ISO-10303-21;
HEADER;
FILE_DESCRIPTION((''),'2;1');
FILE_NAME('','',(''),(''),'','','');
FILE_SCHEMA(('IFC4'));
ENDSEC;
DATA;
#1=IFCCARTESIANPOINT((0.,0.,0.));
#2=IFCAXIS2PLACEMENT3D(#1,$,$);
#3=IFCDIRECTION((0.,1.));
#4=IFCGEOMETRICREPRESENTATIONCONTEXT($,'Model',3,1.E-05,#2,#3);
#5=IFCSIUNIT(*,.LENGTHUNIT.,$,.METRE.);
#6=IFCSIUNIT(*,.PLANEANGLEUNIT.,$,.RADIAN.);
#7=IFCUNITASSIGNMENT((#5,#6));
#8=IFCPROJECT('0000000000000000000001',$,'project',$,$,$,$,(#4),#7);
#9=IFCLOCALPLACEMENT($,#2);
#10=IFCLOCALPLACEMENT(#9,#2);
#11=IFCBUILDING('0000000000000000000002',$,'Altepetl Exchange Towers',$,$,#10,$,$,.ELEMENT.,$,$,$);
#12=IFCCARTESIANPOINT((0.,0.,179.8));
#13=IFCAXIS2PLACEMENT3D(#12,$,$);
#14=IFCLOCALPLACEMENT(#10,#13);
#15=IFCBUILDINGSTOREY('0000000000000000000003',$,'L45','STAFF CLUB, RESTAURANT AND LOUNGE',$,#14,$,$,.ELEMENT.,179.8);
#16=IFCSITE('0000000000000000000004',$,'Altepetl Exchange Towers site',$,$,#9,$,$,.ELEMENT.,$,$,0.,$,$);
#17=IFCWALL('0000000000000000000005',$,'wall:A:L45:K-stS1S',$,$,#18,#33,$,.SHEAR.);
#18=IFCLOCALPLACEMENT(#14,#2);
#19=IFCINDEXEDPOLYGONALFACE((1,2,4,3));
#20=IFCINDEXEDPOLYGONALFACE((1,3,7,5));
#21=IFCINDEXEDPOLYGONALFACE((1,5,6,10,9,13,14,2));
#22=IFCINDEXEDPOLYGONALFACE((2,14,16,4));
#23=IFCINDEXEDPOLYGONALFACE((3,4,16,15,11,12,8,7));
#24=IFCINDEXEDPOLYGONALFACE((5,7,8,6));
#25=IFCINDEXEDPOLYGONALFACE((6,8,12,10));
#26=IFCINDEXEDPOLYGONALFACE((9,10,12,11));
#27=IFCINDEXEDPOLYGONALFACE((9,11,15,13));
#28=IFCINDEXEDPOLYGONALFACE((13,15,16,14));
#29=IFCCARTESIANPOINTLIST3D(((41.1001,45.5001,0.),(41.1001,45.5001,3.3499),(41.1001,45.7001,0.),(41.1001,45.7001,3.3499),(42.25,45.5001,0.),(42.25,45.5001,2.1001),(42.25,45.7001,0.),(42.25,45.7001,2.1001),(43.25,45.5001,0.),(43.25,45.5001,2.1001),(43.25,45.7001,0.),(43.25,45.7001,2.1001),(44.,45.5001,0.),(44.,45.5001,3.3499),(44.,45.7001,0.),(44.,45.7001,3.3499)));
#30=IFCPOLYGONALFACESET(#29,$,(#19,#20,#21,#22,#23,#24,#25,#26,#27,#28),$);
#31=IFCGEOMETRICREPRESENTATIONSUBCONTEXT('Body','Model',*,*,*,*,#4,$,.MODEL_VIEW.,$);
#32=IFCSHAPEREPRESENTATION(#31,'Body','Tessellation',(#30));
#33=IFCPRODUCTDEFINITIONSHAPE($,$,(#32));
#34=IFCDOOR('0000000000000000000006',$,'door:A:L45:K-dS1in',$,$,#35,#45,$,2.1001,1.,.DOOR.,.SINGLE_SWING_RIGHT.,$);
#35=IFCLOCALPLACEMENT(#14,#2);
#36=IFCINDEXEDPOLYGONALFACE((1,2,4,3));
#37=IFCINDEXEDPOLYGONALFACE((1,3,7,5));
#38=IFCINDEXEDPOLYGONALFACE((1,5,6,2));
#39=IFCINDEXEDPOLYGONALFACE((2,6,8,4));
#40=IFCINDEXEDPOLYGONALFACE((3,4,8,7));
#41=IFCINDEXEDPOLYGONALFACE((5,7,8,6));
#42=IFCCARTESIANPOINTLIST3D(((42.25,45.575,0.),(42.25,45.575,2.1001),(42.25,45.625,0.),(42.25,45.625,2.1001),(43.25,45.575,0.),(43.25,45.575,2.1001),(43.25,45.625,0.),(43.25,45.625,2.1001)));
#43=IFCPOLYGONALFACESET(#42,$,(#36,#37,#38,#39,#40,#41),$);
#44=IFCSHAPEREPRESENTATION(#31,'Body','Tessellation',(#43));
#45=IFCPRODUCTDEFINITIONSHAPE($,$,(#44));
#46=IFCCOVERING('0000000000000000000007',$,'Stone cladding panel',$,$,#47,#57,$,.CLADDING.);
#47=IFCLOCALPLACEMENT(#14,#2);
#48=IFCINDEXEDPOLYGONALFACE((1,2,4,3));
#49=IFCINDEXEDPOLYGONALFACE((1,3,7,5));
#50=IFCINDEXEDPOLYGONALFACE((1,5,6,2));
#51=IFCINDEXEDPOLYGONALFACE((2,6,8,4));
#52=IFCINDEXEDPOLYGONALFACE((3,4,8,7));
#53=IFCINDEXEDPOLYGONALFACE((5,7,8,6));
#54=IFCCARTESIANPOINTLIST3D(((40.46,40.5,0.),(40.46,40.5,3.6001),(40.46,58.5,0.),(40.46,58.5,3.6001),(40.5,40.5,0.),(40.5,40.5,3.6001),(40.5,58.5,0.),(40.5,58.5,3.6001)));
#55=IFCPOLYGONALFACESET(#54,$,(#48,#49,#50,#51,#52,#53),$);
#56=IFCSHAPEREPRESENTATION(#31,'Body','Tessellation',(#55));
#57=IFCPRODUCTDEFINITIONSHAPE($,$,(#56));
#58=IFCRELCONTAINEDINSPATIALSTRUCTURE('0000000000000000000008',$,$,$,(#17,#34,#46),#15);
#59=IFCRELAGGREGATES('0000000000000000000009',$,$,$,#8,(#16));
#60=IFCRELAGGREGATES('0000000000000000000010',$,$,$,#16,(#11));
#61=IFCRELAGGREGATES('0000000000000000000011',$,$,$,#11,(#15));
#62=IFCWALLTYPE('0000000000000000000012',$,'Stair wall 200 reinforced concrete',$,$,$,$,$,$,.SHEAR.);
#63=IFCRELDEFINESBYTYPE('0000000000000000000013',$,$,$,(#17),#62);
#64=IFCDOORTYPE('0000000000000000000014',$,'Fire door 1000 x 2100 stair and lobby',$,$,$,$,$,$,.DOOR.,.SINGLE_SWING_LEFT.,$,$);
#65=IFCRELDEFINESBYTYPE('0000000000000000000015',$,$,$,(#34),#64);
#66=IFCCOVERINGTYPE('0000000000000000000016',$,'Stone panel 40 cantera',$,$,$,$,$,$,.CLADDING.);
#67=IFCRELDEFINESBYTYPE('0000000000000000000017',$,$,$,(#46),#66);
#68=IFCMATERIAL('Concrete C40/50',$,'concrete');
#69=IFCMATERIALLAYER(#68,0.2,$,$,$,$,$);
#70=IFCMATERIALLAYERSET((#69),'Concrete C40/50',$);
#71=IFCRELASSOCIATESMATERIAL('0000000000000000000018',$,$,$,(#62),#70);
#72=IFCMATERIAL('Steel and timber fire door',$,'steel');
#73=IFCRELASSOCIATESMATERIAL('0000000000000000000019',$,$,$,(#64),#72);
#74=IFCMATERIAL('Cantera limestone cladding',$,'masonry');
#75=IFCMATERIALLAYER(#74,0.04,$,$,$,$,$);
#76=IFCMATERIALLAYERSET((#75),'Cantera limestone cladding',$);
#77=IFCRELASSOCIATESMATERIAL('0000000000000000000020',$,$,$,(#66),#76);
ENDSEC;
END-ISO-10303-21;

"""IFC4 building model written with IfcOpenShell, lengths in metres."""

from ifc_helpers import new_model, si_unit, direction, frame, frame_2d, origin, origin_2d, place, context, subcontext, project, spatial, rectangle, extrude, material, layer, layer_set, type_object, element, fill, save


model = new_model("IFC4")

# Units and contexts
model_context = context("Model", 3, precision=1e-05, world=origin(), true_north=direction((0.0, 1.0)))
body_context = subcontext(model_context, "Body", "Model", "MODEL_VIEW")
ifc_project = project(units=[si_unit("LENGTHUNIT", "METRE"), si_unit("PLANEANGLEUNIT", "RADIAN")], contexts=[model_context])

# Site, building, storey
site_placement = place(None, origin())
site = spatial("IfcSite", under=ifc_project, at=site_placement, Name="Altepetl Exchange Towers site", CompositionType="ELEMENT", RefElevation=0.0)
building_placement = place(site_placement, origin())
building = spatial("IfcBuilding", under=site, at=building_placement, Name="Altepetl Exchange Towers", CompositionType="ELEMENT")
storey_placement = place(building_placement, frame((0.0, 0.0, 179.8)))
storey = spatial("IfcBuildingStorey", under=building, at=storey_placement, Name="L45", Description="STAFF CLUB, RESTAURANT AND LOUNGE", CompositionType="ELEMENT", Elevation=179.8)

# Shared definitions
ifc_material_1 = material(Name="Concrete C40/50", Category="concrete")
ifc_material_2 = material(Name="Steel and timber fire door", Category="steel")

# Wall, opening, door
ifc_layer_1 = layer(ifc_material_1, 0.2)
ifc_layer_set_1 = layer_set([ifc_layer_1], Name="Concrete C40/50")
wall_type_1 = type_object("IfcWallType", Name="Stair wall 200 reinforced concrete", PredefinedType="SHEAR", material=ifc_layer_set_1)
wall_1_placement = place(storey_placement, frame((41.1001, 45.6001, 0.0)))
wall_1 = element("IfcWall", 1, at=wall_1_placement, inside=storey, type_object=wall_type_1, Name="wall:A:L45:K-stS1S", PredefinedType="SHEAR", context=body_context, shape_type="SweptSolid", body=[
    extrude(rectangle(XDim=2.8999, YDim=0.2, at=frame_2d((1.45, 0.0))), origin(), (0.0, 0.0, 1.0), 3.3499),
])
opening_1_placement = place(wall_1_placement, frame((1.1499, 0.0, 0.0)))
opening_1 = element("IfcOpeningElement", 2, at=opening_1_placement, cuts=wall_1, PredefinedType="OPENING", context=body_context, shape_type="SweptSolid", body=[
    extrude(rectangle(XDim=1.0, YDim=2.1001, at=frame_2d((0.5, 1.05))), frame((0.0, 0.1099, 0.0), z_axis=(0.0, -1.0, 0.0), x_axis=(1.0, 0.0, 0.0)), (0.0, 0.0, 1.0), 0.22),
])
door_type_1 = type_object("IfcDoorType", Name="Fire door 1000 x 2100 stair and lobby", OperationType="SINGLE_SWING_LEFT", PredefinedType="DOOR", material=ifc_material_2)
door_1_placement = place(opening_1_placement, origin())
door_1 = element("IfcDoor", 3, at=door_1_placement, inside=storey, type_object=door_type_1, Name="door:A:L45:K-dS1in", OperationType="SINGLE_SWING_RIGHT", OverallHeight=2.1001, OverallWidth=1.0, PredefinedType="DOOR", context=body_context, shape_type="SweptSolid", body=[
    extrude(rectangle(XDim=1.0, YDim=2.1001, at=frame_2d((0.5, 1.05))), frame((0.0, 0.0249, 0.0), z_axis=(0.0, -1.0, 0.0), x_axis=(1.0, 0.0, 0.0)), (0.0, 0.0, 1.0), 0.05),
])
fill(opening_1, door_1)

# Covering
ifc_material_3 = material(Name="Cantera limestone cladding", Category="masonry")
ifc_layer_2 = layer(ifc_material_3, 0.04)
ifc_layer_set_2 = layer_set([ifc_layer_2], Name="Cantera limestone cladding")
covering_type = type_object("IfcCoveringType", Name="Stone panel 40 cantera", PredefinedType="CLADDING", material=ifc_layer_set_2)
covering_placement = place(storey_placement, frame((40.48, 49.5, 0.0), z_axis=(0.0, 0.0, 1.0), x_axis=(0.0, -1.0, 0.0)))
element("IfcCovering", 4, at=covering_placement, inside=storey, type_object=covering_type, Name="Stone cladding panel", PredefinedType="CLADDING", context=body_context, shape_type="SweptSolid", body=[
    extrude(rectangle(XDim=18.0, YDim=0.04, at=origin_2d()), origin(), (0.0, 0.0, 1.0), 3.6001),
])

save(model, "model.ifc")
